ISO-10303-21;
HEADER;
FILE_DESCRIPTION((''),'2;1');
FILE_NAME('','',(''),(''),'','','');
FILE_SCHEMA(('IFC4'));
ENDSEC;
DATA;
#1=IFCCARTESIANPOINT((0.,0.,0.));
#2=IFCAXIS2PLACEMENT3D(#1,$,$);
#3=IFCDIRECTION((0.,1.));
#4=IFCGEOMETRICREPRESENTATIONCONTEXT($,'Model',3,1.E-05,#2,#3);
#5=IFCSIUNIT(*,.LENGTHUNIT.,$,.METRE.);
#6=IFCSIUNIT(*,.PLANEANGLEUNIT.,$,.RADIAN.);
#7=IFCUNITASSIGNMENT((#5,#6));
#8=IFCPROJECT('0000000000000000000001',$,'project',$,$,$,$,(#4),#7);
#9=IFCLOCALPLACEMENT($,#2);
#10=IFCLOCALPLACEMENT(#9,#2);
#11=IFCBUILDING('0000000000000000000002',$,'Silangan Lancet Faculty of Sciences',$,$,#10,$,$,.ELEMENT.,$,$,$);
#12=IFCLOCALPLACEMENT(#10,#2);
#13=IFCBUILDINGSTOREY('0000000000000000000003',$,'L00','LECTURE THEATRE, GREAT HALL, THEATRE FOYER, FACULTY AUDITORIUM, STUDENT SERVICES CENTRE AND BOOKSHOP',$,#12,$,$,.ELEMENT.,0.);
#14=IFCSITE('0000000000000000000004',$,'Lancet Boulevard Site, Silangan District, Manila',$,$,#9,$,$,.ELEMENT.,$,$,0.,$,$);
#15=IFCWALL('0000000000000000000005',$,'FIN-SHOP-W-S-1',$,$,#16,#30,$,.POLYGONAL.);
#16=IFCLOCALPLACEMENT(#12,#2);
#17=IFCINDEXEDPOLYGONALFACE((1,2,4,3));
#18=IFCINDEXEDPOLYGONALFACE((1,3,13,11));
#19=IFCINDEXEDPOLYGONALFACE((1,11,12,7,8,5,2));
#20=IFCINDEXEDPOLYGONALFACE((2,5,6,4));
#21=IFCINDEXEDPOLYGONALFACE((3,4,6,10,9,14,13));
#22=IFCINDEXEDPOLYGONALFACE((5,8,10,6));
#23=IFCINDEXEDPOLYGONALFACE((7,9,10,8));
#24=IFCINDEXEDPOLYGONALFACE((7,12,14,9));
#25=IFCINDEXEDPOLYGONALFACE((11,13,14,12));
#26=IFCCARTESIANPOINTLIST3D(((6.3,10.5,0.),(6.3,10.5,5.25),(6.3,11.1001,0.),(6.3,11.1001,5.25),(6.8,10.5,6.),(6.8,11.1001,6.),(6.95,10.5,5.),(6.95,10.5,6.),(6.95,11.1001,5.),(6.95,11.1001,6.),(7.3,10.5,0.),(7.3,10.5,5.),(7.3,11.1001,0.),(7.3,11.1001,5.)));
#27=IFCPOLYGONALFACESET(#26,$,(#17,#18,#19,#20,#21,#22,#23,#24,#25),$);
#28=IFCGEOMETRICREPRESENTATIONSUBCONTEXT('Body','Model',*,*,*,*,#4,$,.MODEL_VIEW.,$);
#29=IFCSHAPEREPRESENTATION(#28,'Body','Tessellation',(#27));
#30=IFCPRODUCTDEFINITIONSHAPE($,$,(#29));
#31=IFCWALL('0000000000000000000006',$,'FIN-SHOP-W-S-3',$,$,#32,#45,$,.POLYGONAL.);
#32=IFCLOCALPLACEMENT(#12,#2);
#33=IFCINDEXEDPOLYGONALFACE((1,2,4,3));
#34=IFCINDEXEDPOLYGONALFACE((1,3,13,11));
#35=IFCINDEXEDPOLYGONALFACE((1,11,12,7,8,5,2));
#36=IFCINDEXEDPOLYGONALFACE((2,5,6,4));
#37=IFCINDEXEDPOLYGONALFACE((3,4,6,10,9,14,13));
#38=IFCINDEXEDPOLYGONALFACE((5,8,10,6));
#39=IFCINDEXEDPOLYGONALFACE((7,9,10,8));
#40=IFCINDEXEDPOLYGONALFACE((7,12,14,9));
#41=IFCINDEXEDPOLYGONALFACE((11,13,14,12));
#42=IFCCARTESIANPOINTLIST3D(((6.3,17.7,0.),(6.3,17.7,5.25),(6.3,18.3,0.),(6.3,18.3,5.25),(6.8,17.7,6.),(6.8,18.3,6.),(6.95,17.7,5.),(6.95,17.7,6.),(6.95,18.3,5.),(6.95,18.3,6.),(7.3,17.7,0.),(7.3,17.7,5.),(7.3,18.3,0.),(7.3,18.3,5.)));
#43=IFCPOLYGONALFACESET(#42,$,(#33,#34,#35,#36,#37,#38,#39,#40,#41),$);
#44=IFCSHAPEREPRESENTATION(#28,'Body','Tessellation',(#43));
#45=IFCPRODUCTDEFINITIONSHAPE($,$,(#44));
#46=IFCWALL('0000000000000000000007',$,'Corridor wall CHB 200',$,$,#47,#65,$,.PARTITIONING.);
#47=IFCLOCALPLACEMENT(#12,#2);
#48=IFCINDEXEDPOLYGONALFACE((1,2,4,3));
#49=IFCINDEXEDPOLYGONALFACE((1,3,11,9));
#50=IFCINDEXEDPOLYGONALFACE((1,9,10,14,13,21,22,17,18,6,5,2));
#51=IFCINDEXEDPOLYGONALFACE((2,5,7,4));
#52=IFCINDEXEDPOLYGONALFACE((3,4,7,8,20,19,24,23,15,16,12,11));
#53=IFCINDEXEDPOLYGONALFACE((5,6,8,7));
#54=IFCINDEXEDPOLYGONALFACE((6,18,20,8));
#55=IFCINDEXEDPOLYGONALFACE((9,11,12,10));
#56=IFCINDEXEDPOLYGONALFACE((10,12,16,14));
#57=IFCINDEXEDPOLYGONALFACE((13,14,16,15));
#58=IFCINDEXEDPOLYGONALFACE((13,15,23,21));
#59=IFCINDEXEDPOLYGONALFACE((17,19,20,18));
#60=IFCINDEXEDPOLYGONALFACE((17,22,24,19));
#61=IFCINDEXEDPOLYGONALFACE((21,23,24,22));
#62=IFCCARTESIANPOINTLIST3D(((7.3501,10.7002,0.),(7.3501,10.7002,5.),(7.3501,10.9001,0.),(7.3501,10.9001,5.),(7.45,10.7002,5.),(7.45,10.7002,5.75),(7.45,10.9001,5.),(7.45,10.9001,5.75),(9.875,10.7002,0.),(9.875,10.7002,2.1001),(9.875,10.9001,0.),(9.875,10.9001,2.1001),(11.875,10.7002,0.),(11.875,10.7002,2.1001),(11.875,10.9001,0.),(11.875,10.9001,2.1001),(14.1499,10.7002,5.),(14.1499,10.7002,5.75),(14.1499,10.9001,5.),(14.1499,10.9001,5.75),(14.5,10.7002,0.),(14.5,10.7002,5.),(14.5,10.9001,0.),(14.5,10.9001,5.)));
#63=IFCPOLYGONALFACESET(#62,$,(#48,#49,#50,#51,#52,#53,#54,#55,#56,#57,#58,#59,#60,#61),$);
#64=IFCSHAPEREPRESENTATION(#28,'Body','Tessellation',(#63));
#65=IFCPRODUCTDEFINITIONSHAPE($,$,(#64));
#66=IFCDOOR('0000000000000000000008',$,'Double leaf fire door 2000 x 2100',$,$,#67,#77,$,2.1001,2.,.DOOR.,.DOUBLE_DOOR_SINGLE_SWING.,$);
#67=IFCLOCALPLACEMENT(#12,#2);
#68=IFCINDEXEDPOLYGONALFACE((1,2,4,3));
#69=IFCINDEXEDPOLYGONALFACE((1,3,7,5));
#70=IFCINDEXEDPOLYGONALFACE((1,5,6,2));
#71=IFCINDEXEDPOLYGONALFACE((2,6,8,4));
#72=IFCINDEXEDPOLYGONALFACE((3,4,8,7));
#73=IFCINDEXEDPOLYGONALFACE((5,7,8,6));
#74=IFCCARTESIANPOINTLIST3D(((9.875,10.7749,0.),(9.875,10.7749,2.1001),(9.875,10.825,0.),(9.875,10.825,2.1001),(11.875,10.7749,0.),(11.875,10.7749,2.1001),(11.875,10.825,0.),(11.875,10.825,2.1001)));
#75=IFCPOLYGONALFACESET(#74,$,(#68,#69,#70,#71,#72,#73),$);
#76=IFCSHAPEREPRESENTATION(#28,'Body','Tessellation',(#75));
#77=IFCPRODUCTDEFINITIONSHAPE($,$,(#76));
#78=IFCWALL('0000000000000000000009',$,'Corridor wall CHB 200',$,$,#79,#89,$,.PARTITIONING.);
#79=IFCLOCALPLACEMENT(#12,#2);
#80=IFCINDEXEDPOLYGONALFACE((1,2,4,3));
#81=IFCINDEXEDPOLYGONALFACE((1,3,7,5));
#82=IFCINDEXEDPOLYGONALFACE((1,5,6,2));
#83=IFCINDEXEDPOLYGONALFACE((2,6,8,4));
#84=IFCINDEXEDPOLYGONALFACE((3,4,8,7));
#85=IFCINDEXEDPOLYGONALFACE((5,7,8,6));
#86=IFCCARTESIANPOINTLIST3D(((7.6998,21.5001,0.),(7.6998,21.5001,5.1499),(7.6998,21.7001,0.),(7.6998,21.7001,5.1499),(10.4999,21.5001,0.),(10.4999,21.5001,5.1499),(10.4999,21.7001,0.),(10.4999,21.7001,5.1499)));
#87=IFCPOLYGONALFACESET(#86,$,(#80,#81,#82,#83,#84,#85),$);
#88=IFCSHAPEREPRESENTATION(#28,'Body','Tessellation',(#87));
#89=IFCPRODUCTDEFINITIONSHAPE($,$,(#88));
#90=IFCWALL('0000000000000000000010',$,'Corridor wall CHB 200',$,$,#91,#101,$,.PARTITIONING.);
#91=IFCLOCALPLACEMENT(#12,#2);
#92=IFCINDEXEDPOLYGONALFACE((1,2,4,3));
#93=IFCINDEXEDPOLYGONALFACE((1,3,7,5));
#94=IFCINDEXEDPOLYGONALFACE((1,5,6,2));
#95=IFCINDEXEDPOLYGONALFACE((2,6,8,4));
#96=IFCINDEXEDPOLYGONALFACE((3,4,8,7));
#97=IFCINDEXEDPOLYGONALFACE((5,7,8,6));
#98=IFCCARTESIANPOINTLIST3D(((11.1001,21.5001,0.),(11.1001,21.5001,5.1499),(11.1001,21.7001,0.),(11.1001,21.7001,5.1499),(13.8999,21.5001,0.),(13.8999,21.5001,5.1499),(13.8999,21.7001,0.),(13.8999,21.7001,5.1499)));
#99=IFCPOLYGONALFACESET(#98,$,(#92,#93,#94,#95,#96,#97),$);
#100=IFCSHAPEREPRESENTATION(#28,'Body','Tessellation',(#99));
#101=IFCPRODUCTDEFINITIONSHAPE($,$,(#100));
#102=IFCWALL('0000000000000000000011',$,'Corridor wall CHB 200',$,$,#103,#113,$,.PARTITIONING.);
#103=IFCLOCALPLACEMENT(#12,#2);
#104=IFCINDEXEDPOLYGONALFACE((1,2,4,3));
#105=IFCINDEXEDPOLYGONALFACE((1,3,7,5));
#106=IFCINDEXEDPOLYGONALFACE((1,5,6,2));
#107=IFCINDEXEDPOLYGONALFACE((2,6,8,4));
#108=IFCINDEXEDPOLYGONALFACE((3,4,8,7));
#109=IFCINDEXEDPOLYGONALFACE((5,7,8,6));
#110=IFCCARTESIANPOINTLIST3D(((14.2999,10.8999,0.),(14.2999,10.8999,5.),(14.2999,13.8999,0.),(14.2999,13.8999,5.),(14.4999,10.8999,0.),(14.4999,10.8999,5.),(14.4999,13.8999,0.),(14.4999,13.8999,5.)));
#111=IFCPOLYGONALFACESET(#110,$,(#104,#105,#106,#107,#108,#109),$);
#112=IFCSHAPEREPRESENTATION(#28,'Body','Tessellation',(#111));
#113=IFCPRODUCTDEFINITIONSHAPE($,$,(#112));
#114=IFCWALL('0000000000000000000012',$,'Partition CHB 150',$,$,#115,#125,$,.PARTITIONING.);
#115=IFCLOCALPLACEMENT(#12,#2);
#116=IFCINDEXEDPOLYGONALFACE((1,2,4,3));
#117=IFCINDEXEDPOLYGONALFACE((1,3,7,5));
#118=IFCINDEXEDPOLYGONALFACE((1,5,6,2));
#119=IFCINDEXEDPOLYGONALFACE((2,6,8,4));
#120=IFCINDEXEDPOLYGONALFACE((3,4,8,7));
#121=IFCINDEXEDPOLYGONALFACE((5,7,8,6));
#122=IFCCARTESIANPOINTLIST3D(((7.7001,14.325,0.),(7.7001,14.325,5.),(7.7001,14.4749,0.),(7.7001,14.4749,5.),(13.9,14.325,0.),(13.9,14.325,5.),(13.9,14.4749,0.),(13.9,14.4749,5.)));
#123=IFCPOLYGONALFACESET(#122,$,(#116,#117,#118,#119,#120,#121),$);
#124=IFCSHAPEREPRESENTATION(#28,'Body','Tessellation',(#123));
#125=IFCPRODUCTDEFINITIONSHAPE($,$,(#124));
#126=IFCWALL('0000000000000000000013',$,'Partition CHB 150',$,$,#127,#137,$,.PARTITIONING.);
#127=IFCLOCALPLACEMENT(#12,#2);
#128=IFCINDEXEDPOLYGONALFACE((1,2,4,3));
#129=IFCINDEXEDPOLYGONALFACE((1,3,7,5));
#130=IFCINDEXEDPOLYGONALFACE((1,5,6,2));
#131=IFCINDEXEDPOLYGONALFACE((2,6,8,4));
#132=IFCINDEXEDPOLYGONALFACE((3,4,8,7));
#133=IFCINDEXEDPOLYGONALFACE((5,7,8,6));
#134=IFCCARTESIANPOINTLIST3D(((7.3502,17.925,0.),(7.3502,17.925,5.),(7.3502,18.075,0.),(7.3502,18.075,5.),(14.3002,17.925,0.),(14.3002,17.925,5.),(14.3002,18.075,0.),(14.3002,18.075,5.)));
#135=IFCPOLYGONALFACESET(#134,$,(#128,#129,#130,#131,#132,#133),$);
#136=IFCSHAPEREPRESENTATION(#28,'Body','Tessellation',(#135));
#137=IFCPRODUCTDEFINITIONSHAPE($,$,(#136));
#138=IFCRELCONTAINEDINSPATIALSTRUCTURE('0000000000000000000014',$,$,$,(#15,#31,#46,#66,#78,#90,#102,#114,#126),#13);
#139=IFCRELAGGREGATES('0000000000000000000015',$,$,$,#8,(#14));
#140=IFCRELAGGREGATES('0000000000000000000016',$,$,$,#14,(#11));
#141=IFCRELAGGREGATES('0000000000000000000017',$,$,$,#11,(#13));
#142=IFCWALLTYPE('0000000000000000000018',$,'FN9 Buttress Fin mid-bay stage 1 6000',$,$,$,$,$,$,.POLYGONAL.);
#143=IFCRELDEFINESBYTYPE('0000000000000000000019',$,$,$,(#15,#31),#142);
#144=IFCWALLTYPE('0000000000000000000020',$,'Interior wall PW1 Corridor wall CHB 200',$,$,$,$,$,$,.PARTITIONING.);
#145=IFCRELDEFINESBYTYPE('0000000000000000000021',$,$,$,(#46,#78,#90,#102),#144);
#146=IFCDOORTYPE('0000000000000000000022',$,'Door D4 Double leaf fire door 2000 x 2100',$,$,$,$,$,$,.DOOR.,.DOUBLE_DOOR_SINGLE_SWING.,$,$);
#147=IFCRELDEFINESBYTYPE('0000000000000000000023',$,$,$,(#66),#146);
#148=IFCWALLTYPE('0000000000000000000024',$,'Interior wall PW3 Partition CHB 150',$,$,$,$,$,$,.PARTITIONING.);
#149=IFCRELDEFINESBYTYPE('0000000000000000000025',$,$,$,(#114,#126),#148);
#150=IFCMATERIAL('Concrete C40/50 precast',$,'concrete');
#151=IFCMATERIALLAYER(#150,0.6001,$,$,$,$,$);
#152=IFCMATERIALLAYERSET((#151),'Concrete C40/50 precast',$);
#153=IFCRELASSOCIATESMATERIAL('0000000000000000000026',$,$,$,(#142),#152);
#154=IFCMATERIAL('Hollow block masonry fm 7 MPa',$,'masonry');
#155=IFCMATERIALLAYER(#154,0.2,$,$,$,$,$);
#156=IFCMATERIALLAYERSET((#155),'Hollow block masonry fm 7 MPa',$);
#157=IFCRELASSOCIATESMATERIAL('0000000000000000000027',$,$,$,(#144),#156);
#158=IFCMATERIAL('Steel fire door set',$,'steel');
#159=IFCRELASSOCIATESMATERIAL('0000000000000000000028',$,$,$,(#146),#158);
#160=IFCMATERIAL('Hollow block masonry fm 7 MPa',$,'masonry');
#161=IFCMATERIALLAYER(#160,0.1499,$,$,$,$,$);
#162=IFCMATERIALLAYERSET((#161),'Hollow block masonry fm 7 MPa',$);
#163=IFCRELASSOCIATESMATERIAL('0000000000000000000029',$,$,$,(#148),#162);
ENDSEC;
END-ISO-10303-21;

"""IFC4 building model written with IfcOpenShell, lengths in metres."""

from ifc_helpers import new_model, si_unit, direction, frame, frame_2d, origin, place, context, subcontext, project, spatial, polyline, rectangle, outline, extrude, material, layer, layer_set, type_object, element, fill, save


model = new_model("IFC4")

# Units and contexts
model_context = context("Model", 3, precision=1e-05, world=origin(), true_north=direction((0.0, 1.0)))
body_context = subcontext(model_context, "Body", "Model", "MODEL_VIEW")
ifc_project = project(units=[si_unit("LENGTHUNIT", "METRE"), si_unit("PLANEANGLEUNIT", "RADIAN")], contexts=[model_context])

# Site, building, storey
site_placement = place(None, origin())
site = spatial("IfcSite", under=ifc_project, at=site_placement, Name="Lancet Boulevard Site, Silangan District, Manila", CompositionType="ELEMENT", RefElevation=0.0)
building_placement = place(site_placement, origin())
building = spatial("IfcBuilding", under=site, at=building_placement, Name="Silangan Lancet Faculty of Sciences", CompositionType="ELEMENT")
storey_placement = place(building_placement, origin())
storey = spatial("IfcBuildingStorey", under=building, at=storey_placement, Name="L00", Description="LECTURE THEATRE, GREAT HALL, THEATRE FOYER, FACULTY AUDITORIUM, STUDENT SERVICES CENTRE AND BOOKSHOP", CompositionType="ELEMENT", Elevation=0.0)

# Walls
ifc_material_1 = material(Name="Concrete C40/50 precast", Category="concrete")
ifc_layer_1 = layer(ifc_material_1, 0.6001)
ifc_layer_set_1 = layer_set([ifc_layer_1], Name="Concrete C40/50 precast")
wall_type_1 = type_object("IfcWallType", Name="FN9 Buttress Fin mid-bay stage 1 6000", PredefinedType="POLYGONAL", material=ifc_layer_set_1)
for number, where, z_axis, x_axis, name in (
    (1, (7.3, 10.8, 0.0), (0.0, 0.0, 1.0), (-1.0, 0.0, 0.0), "FIN-SHOP-W-S-1"),
    (2, (7.3, 18.0, 0.0), (0.0, 0.0, 1.0), (-1.0, 0.0, 0.0), "FIN-SHOP-W-S-3"),
):
    element("IfcWall", number, at=place(storey_placement, frame(where, z_axis=z_axis, x_axis=x_axis)), inside=storey, type_object=wall_type_1, Name=name, PredefinedType="POLYGONAL", context=body_context, shape_type="SweptSolid", body=[
        extrude(outline(polyline([(1.0, 0.0), (1.0, 5.25), (0.5, 6.0), (0.3501, 6.0), (0.3501, 5.0), (0.0, 5.0), (0.0, 0.0), (1.0, 0.0)])), frame((0.0, 0.3, 0.0), z_axis=(0.0, -1.0, 0.0), x_axis=(1.0, 0.0, 0.0)), (0.0, 0.0, 1.0), 0.6001),
    ])

# Wall, opening, door
ifc_material_2 = material(Name="Hollow block masonry fm 7 MPa", Category="masonry")
ifc_layer_2 = layer(ifc_material_2, 0.2)
ifc_layer_set_2 = layer_set([ifc_layer_2], Name="Hollow block masonry fm 7 MPa")
wall_type_2 = type_object("IfcWallType", Name="Interior wall PW1 Corridor wall CHB 200", PredefinedType="PARTITIONING", material=ifc_layer_set_2)
wall_1_placement = place(storey_placement, frame((7.3501, 10.8, 0.0), z_axis=(0.0, 0.0, 1.0), x_axis=(1.0, 0.0, 0.0)))
wall_1 = element("IfcWall", 3, at=wall_1_placement, inside=storey, type_object=wall_type_2, Name="Corridor wall CHB 200", PredefinedType="PARTITIONING", context=body_context, shape_type="SweptSolid", body=[
    extrude(outline(polyline([(0.0, 0.0), (7.1499, 0.0), (7.1499, 5.0), (6.7998, 5.0), (6.7998, 5.75), (0.0999, 5.75), (0.0999, 5.0), (0.0, 5.0), (0.0, 0.0)])), frame((0.0, 0.1001, 0.0), z_axis=(0.0, -1.0, 0.0), x_axis=(1.0, 0.0, 0.0)), (0.0, 0.0, 1.0), 0.2),
])
opening_1_placement = place(wall_1_placement, frame((2.5249, 0.0, 0.0)))
opening_1 = element("IfcOpeningElement", 4, at=opening_1_placement, cuts=wall_1, PredefinedType="OPENING", context=body_context, shape_type="SweptSolid", body=[
    extrude(rectangle(XDim=2.0, YDim=2.1001, at=frame_2d((1.0, 1.05))), frame((0.0, 0.1099, 0.0), z_axis=(0.0, -1.0, 0.0), x_axis=(1.0, 0.0, 0.0)), (0.0, 0.0, 1.0), 0.22),
])
ifc_material_3 = material(Name="Steel fire door set", Category="steel")
door_type_1 = type_object("IfcDoorType", Name="Door D4 Double leaf fire door 2000 x 2100", OperationType="DOUBLE_DOOR_SINGLE_SWING", PredefinedType="DOOR", material=ifc_material_3)
door_1_placement = place(opening_1_placement, origin())
door_1 = element("IfcDoor", 5, at=door_1_placement, inside=storey, type_object=door_type_1, Name="Double leaf fire door 2000 x 2100", OperationType="DOUBLE_DOOR_SINGLE_SWING", OverallHeight=2.1001, OverallWidth=2.0, PredefinedType="DOOR", context=body_context, shape_type="SweptSolid", body=[
    extrude(rectangle(XDim=2.0, YDim=2.1001, at=frame_2d((1.0, 1.05))), frame((0.0, 0.0249, 0.0), z_axis=(0.0, -1.0, 0.0), x_axis=(1.0, 0.0, 0.0)), (0.0, 0.0, 1.0), 0.05),
])
fill(opening_1, door_1)

# Walls
wall_2_placement = place(storey_placement, frame((7.7, 21.6001, 0.0), z_axis=(0.0, 0.0, 1.0), x_axis=(1.0, 0.0, 0.0)))
element("IfcWall", 6, at=wall_2_placement, inside=storey, type_object=wall_type_2, Name="Corridor wall CHB 200", PredefinedType="PARTITIONING", context=body_context, shape_type="SweptSolid", body=[
    extrude(rectangle(XDim=2.8, YDim=0.2, at=frame_2d((1.3999, 0.0))), origin(), (0.0, 0.0, 1.0), 5.1499),
])
wall_3_placement = place(storey_placement, frame((11.1001, 21.6001, 0.0), z_axis=(0.0, 0.0, 1.0), x_axis=(1.0, 0.0, 0.0)))
element("IfcWall", 7, at=wall_3_placement, inside=storey, type_object=wall_type_2, Name="Corridor wall CHB 200", PredefinedType="PARTITIONING", context=body_context, shape_type="SweptSolid", body=[
    extrude(rectangle(XDim=2.7998, YDim=0.2, at=frame_2d((1.3999, 0.0))), origin(), (0.0, 0.0, 1.0), 5.1499),
])
wall_4_placement = place(storey_placement, frame((14.3999, 10.8999, 0.0), z_axis=(0.0, 0.0, 1.0), x_axis=(0.0, 1.0, 0.0)))
element("IfcWall", 8, at=wall_4_placement, inside=storey, type_object=wall_type_2, Name="Corridor wall CHB 200", PredefinedType="PARTITIONING", context=body_context, shape_type="SweptSolid", body=[
    extrude(rectangle(XDim=3.0, YDim=0.2, at=frame_2d((1.5, 0.0))), origin(), (0.0, 0.0, 1.0), 5.0),
])
ifc_material_4 = material(Name="Hollow block masonry fm 7 MPa", Category="masonry")
ifc_layer_3 = layer(ifc_material_4, 0.1499)
ifc_layer_set_3 = layer_set([ifc_layer_3], Name="Hollow block masonry fm 7 MPa")
wall_type_3 = type_object("IfcWallType", Name="Interior wall PW3 Partition CHB 150", PredefinedType="PARTITIONING", material=ifc_layer_set_3)
wall_5_placement = place(storey_placement, frame((7.7, 14.3999, 0.0), z_axis=(0.0, 0.0, 1.0), x_axis=(1.0, 0.0, 0.0)))
element("IfcWall", 9, at=wall_5_placement, inside=storey, type_object=wall_type_3, Name="Partition CHB 150", PredefinedType="PARTITIONING", context=body_context, shape_type="SweptSolid", body=[
    extrude(rectangle(XDim=6.2, YDim=0.1499, at=frame_2d((3.1001, 0.0))), origin(), (0.0, 0.0, 1.0), 5.0),
])
wall_6_placement = place(storey_placement, frame((7.3501, 18.0, 0.0), z_axis=(0.0, 0.0, 1.0), x_axis=(1.0, 0.0, 0.0)))
element("IfcWall", 10, at=wall_6_placement, inside=storey, type_object=wall_type_3, Name="Partition CHB 150", PredefinedType="PARTITIONING", context=body_context, shape_type="SweptSolid", body=[
    extrude(rectangle(XDim=6.95, YDim=0.1499, at=frame_2d((3.4751, 0.0))), origin(), (0.0, 0.0, 1.0), 5.0),
])

save(model, "model.ifc")
